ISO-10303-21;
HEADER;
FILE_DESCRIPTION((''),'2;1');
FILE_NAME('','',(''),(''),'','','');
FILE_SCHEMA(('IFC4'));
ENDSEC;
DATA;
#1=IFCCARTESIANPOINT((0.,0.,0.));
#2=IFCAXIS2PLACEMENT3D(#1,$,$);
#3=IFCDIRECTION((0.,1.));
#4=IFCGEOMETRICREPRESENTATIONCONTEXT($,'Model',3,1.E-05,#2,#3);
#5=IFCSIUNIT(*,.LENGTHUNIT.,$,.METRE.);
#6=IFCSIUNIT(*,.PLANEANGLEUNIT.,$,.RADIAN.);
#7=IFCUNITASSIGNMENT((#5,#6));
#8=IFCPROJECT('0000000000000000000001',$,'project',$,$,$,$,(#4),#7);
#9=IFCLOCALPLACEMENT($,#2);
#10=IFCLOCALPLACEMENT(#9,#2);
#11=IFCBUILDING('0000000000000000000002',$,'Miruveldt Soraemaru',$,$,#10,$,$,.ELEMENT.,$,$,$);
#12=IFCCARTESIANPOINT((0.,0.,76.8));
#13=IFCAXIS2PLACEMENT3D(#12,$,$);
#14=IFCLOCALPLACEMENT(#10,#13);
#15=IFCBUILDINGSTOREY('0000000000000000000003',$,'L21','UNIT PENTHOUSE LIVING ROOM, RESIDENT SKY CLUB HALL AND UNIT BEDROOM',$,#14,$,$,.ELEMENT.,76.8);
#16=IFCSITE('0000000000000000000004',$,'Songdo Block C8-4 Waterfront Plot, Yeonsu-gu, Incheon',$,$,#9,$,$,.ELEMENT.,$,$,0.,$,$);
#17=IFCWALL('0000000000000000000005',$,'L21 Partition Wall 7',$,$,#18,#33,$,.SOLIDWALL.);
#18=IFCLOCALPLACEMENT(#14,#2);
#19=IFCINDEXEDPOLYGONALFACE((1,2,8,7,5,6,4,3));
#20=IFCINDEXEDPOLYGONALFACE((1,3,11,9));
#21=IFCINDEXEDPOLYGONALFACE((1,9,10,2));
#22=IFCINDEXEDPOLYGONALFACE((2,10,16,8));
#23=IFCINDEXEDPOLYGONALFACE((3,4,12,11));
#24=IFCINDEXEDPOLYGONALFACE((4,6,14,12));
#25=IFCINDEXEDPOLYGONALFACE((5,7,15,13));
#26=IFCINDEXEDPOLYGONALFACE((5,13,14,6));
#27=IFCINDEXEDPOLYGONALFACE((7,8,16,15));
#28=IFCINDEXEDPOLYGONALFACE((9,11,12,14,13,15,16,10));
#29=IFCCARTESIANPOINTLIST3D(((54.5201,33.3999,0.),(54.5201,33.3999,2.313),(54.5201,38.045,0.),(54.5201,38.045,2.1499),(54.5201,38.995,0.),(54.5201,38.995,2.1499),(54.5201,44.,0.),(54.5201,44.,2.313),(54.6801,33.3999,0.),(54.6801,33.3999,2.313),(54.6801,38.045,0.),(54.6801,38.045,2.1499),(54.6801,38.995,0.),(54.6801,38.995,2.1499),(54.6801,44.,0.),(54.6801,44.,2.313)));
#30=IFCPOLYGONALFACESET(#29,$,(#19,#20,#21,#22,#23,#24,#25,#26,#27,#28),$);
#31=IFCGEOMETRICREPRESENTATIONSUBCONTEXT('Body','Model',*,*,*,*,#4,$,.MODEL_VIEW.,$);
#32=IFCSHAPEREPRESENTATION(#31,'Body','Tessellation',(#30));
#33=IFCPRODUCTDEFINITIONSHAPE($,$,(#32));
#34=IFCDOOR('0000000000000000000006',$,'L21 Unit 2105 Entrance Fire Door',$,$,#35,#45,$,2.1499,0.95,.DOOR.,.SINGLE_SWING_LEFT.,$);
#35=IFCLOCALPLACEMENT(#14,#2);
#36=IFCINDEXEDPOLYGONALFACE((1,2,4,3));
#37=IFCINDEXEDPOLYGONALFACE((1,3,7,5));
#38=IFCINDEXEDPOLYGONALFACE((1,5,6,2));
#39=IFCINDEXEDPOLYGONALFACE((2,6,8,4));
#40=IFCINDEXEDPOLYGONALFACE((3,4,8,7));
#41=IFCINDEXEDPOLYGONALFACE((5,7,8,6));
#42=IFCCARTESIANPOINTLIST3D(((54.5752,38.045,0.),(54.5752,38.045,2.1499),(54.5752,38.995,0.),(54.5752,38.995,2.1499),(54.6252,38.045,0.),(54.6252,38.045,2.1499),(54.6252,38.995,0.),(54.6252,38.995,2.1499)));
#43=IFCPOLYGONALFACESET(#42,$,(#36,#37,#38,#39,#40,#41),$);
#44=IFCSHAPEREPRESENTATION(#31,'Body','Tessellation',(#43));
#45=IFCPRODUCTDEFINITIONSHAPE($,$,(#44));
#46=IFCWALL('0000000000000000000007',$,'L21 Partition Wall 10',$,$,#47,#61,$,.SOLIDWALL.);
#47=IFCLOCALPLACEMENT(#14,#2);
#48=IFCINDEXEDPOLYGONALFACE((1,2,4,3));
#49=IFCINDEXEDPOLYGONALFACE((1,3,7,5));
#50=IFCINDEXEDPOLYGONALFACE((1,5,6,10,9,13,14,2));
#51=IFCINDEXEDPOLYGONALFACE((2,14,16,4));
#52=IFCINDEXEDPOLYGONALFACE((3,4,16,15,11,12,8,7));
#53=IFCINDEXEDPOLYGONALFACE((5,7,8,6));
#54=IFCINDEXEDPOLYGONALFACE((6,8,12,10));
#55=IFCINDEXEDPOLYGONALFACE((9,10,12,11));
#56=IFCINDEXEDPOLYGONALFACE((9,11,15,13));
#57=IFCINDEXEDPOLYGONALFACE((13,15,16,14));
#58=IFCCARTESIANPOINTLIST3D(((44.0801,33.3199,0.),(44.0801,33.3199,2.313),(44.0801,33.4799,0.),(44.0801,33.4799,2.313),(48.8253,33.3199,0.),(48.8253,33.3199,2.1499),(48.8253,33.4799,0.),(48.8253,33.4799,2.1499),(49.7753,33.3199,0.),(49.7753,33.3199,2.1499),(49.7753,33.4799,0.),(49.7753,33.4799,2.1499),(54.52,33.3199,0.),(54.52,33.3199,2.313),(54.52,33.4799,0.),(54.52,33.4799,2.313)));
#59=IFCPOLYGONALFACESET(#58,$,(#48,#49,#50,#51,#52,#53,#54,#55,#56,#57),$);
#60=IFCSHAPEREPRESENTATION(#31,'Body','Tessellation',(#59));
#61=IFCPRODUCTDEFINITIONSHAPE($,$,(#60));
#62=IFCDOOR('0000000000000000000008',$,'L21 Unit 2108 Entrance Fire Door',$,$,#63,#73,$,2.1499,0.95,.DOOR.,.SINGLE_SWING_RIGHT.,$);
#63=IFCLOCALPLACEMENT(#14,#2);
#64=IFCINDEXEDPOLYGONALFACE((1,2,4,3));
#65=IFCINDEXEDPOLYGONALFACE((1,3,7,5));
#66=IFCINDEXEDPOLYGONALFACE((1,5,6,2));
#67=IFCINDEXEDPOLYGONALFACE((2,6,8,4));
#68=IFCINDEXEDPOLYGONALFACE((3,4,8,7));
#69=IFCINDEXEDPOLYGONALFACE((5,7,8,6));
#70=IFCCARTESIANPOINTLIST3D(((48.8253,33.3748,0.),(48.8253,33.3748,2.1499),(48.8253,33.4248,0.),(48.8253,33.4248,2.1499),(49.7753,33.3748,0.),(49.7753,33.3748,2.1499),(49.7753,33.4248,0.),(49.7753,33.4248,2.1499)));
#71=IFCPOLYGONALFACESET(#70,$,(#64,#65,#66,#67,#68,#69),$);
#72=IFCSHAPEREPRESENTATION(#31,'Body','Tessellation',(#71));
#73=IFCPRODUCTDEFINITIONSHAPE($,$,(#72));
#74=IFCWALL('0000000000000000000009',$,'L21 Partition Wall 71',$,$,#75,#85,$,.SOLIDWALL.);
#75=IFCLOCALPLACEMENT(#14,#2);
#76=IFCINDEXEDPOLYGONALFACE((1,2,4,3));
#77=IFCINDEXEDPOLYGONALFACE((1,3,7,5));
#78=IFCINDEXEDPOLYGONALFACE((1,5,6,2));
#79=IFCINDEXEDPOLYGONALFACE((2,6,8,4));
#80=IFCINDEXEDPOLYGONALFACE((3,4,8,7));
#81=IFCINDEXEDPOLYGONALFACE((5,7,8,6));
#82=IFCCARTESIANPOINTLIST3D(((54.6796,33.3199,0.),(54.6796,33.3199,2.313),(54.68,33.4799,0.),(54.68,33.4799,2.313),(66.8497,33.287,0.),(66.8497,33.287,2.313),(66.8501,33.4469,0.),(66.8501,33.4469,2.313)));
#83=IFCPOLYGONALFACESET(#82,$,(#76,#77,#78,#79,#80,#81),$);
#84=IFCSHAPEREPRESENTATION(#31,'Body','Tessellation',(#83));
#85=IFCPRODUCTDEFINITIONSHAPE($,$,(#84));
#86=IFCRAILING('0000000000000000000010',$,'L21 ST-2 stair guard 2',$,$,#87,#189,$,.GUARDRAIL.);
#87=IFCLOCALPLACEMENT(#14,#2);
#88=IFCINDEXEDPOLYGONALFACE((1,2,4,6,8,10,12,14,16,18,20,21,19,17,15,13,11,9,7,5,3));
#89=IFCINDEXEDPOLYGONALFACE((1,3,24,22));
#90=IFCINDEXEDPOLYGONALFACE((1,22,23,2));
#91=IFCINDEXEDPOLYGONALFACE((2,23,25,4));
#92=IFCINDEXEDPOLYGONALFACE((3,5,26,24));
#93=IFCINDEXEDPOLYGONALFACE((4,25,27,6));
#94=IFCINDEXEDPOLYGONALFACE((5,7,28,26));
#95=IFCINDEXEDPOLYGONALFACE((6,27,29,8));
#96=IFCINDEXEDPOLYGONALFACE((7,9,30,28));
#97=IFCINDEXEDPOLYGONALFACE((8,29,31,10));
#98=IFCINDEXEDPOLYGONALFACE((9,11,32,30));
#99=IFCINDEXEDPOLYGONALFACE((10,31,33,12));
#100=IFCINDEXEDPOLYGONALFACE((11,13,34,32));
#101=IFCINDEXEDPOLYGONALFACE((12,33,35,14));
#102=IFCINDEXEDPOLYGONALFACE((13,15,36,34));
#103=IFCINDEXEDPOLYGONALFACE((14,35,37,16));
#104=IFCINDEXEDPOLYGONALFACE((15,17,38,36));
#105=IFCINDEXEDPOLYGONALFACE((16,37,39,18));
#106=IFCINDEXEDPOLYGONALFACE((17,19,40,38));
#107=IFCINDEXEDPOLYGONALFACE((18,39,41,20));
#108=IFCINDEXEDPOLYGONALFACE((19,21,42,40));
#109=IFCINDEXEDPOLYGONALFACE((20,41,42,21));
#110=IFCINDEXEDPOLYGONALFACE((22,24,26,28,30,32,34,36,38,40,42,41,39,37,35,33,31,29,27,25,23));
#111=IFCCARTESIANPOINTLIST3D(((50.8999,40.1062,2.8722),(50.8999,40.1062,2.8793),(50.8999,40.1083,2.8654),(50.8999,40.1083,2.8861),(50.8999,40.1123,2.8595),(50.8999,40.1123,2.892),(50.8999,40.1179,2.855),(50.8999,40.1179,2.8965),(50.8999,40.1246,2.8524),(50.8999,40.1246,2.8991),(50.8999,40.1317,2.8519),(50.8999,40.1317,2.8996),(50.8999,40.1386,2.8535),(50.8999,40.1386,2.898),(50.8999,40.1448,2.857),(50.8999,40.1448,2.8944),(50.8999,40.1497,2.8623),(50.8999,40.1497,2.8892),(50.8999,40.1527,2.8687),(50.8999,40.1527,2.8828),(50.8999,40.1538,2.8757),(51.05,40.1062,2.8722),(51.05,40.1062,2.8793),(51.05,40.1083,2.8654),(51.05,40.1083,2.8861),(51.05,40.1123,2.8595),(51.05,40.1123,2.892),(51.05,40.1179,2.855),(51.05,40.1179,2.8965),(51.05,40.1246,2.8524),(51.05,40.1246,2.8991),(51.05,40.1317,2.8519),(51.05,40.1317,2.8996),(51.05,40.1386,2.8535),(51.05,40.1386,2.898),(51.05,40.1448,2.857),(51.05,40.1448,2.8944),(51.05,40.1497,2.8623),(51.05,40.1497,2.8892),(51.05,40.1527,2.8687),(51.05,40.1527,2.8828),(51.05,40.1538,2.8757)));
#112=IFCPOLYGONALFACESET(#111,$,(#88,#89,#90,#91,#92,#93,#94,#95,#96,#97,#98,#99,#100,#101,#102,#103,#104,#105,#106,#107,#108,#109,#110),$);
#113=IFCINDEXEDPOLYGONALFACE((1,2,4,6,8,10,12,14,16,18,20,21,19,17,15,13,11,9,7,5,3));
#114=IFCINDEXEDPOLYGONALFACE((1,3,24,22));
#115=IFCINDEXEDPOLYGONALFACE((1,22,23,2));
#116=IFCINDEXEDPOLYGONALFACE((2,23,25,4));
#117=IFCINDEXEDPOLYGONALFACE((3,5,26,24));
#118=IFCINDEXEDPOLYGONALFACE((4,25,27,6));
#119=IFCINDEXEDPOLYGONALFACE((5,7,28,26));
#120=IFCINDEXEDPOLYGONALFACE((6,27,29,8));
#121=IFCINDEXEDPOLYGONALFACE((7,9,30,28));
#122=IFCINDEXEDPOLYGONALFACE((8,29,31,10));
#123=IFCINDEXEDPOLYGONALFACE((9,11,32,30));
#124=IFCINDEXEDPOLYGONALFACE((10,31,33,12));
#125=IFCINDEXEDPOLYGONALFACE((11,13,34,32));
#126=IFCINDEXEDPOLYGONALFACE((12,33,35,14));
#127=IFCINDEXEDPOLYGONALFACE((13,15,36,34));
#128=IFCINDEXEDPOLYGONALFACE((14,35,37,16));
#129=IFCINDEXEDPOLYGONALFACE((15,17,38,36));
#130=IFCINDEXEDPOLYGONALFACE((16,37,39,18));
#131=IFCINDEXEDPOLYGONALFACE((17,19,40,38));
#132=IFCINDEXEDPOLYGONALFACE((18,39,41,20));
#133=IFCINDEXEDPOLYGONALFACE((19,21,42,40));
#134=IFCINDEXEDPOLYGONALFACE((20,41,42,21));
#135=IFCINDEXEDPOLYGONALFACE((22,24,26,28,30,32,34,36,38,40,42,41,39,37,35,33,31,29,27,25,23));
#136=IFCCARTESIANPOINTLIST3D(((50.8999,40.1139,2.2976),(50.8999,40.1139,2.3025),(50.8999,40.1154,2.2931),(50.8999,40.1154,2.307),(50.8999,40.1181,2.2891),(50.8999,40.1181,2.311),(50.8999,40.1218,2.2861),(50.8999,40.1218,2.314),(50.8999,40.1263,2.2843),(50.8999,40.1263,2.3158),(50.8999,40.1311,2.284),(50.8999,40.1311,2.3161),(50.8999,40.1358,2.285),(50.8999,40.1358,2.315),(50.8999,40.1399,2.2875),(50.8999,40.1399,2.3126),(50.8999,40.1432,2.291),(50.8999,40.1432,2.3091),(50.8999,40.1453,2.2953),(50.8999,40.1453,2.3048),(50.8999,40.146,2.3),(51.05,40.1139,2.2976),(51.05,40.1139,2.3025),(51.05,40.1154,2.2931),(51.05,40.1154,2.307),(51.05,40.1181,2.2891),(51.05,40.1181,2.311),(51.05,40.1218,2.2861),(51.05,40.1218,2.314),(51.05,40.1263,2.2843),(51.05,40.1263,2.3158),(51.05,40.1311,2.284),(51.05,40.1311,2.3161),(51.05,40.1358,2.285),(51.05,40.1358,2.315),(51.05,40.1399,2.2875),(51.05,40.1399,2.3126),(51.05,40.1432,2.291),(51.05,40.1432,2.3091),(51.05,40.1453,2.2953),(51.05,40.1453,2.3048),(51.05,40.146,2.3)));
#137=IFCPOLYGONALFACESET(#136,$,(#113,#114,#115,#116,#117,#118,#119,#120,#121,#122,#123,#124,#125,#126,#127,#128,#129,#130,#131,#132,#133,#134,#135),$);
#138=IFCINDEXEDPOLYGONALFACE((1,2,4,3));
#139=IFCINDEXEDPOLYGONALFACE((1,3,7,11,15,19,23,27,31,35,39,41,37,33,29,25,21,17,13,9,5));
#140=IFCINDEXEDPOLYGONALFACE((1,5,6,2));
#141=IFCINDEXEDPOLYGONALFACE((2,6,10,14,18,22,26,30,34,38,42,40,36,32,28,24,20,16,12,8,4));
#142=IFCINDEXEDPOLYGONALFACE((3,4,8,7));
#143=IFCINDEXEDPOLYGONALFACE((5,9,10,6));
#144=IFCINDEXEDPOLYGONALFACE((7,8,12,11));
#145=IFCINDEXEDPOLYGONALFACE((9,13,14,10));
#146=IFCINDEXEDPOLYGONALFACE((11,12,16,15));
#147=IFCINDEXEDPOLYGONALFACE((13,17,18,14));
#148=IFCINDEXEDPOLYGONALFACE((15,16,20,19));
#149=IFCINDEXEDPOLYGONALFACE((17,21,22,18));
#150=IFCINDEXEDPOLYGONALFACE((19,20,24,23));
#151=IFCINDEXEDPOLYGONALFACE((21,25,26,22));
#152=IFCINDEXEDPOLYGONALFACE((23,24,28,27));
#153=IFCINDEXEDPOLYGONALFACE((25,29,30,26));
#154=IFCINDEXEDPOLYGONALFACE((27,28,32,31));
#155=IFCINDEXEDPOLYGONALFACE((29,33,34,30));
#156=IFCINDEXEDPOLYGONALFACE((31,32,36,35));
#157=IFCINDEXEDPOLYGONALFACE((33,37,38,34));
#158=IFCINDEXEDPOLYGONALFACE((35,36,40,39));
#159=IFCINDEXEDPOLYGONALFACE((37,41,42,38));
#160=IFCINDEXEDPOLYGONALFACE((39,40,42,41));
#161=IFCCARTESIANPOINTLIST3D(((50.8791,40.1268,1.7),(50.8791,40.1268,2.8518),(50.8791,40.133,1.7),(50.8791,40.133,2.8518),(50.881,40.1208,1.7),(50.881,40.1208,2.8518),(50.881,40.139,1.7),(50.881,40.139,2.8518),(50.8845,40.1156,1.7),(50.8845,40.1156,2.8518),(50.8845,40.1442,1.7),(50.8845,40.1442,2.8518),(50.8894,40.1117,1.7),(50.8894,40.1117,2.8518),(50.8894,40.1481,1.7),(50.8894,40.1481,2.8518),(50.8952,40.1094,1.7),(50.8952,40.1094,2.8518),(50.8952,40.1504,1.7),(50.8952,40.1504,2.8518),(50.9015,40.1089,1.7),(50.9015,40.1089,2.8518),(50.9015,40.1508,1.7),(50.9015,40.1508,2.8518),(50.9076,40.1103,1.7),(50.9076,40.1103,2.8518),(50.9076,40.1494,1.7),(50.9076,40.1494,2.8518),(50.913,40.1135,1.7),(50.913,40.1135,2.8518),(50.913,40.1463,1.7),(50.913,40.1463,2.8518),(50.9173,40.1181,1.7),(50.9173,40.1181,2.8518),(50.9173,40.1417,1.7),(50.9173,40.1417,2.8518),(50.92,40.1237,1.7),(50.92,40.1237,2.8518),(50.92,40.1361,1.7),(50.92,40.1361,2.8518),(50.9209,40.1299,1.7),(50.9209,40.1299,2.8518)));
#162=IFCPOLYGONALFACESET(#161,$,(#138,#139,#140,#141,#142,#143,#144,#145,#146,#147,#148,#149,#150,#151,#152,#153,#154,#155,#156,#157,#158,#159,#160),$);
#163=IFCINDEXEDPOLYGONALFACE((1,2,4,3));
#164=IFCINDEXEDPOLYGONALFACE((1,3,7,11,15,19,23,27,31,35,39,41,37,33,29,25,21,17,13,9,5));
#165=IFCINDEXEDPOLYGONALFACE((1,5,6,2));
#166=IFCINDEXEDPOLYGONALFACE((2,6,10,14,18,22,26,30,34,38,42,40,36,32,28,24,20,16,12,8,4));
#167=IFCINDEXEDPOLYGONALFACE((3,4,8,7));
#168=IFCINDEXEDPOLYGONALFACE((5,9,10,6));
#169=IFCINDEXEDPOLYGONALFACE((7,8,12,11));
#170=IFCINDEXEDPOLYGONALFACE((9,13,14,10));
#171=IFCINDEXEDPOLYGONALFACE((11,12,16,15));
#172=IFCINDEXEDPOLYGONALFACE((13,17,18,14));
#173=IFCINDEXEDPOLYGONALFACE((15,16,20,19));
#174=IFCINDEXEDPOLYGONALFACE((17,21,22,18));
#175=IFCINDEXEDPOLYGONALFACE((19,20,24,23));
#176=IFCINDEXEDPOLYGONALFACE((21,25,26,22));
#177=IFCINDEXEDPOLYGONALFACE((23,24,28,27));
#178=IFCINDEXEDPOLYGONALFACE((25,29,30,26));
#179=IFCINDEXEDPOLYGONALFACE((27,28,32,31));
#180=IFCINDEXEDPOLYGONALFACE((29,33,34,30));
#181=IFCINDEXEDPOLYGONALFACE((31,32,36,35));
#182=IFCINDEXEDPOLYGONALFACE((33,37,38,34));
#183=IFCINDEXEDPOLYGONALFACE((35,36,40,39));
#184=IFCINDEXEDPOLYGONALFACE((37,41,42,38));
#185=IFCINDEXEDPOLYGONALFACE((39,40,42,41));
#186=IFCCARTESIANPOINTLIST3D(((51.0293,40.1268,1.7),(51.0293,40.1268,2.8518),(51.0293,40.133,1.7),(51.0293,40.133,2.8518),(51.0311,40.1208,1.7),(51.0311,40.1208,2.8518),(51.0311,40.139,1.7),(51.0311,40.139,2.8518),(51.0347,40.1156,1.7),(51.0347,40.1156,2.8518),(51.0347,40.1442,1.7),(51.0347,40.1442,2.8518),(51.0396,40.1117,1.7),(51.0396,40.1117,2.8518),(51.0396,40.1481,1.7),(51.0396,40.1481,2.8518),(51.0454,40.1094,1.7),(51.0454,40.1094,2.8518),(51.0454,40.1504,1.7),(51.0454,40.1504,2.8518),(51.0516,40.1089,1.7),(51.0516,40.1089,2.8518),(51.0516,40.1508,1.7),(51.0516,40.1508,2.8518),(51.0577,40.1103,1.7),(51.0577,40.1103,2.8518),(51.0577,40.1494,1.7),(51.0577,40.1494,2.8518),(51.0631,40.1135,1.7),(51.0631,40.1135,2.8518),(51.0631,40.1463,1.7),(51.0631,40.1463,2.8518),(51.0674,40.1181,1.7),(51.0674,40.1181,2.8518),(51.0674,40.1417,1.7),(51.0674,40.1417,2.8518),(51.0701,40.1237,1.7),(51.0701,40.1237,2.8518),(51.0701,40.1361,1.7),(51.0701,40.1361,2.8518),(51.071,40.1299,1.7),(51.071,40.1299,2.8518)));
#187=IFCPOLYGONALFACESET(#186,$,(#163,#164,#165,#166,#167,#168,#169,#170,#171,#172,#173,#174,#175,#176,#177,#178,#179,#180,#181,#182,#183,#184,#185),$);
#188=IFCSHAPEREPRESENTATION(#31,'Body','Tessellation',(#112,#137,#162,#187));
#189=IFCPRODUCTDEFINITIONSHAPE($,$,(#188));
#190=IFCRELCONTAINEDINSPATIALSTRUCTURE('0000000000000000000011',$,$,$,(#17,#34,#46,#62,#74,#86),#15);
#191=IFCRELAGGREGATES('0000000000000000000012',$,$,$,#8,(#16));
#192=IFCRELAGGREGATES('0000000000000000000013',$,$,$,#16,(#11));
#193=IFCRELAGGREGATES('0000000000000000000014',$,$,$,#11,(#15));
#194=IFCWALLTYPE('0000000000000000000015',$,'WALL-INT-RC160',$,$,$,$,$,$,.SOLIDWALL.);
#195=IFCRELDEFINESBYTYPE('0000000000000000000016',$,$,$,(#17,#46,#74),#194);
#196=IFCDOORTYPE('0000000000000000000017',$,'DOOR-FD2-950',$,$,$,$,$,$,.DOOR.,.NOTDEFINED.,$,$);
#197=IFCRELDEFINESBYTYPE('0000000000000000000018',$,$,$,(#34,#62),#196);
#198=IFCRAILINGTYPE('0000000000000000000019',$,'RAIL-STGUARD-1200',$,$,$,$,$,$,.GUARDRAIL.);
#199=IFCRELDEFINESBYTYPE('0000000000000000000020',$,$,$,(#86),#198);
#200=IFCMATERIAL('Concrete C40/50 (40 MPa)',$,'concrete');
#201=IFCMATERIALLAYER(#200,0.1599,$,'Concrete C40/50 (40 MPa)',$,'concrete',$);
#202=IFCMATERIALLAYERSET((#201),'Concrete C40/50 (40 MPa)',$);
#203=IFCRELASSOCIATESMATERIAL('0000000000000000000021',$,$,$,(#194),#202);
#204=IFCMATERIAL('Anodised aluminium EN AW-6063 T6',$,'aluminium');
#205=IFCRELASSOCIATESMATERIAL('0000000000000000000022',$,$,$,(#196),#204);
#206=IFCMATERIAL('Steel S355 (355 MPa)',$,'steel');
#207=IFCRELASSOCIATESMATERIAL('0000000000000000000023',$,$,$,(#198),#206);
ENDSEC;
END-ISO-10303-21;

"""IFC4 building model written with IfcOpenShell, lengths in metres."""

from ifc_helpers import new_model, si_unit, direction, frame, frame_2d, origin, origin_2d, place, context, subcontext, project, spatial, rectangle, circle, extrude, material, layer, layer_set, type_object, element, fill, save


model = new_model("IFC4")

# Units and contexts
model_context = context("Model", 3, precision=1e-05, world=origin(), true_north=direction((0.0, 1.0)))
body_context = subcontext(model_context, "Body", "Model", "MODEL_VIEW")
ifc_project = project(units=[si_unit("LENGTHUNIT", "METRE"), si_unit("PLANEANGLEUNIT", "RADIAN")], contexts=[model_context])

# Site, building, storey
site_placement = place(None, origin())
site = spatial("IfcSite", under=ifc_project, at=site_placement, Name="Songdo Block C8-4 Waterfront Plot, Yeonsu-gu, Incheon", CompositionType="ELEMENT", RefElevation=0.0)
building_placement = place(site_placement, origin())
building = spatial("IfcBuilding", under=site, at=building_placement, Name="Miruveldt Soraemaru", CompositionType="ELEMENT")
storey_placement = place(building_placement, frame((0.0, 0.0, 76.8)))
storey = spatial("IfcBuildingStorey", under=building, at=storey_placement, Name="L21", Description="UNIT PENTHOUSE LIVING ROOM, RESIDENT SKY CLUB HALL AND UNIT BEDROOM", CompositionType="ELEMENT", Elevation=76.8)

# Shared definitions
ifc_material_1 = material(Name="Anodised aluminium EN AW-6063 T6", Category="aluminium")

# Walls, openings, doors
ifc_material_2 = material(Name="Concrete C40/50 (40 MPa)", Category="concrete")
ifc_layer_1 = layer(ifc_material_2, 0.1599, Name="Concrete C40/50 (40 MPa)", Category="concrete")
ifc_layer_set_1 = layer_set([ifc_layer_1], Name="Concrete C40/50 (40 MPa)")
wall_type_1 = type_object("IfcWallType", Name="WALL-INT-RC160", PredefinedType="SOLIDWALL", material=ifc_layer_set_1)
wall_1_placement = place(storey_placement, frame((54.6001, 33.3999, 0.0), z_axis=(0.0, 0.0, 1.0), x_axis=(0.0, 1.0, 0.0)))
wall_1 = element("IfcWall", 1, at=wall_1_placement, inside=storey, type_object=wall_type_1, Name="L21 Partition Wall 7", PredefinedType="SOLIDWALL", context=body_context, shape_type="SweptSolid", body=[
    extrude(rectangle(XDim=10.6001, YDim=0.1599, at=frame_2d((5.3, 0.0))), origin(), (0.0, 0.0, 1.0), 2.313),
])
opening_1_placement = place(wall_1_placement, frame((4.645, 0.0, 0.0)))
opening_1 = element("IfcOpeningElement", 2, at=opening_1_placement, cuts=wall_1, PredefinedType="OPENING", context=body_context, shape_type="SweptSolid", body=[
    extrude(rectangle(XDim=0.95, YDim=2.1499, at=frame_2d((0.4751, 1.075))), frame((0.0, 0.0898, 0.0), z_axis=(0.0, -1.0, 0.0), x_axis=(1.0, 0.0, 0.0)), (0.0, 0.0, 1.0), 0.1799),
])
door_type_1 = type_object("IfcDoorType", Name="DOOR-FD2-950", OperationType="NOTDEFINED", PredefinedType="DOOR", material=ifc_material_1)
door_1_placement = place(opening_1_placement, origin())
door_1 = element("IfcDoor", 3, at=door_1_placement, inside=storey, type_object=door_type_1, Name="L21 Unit 2105 Entrance Fire Door", OperationType="SINGLE_SWING_LEFT", OverallHeight=2.1499, OverallWidth=0.95, PredefinedType="DOOR", context=body_context, shape_type="SweptSolid", body=[
    extrude(rectangle(XDim=0.95, YDim=2.1499, at=frame_2d((0.4751, 1.075))), frame((0.0, 0.0249, 0.0), z_axis=(0.0, -1.0, 0.0), x_axis=(1.0, 0.0, 0.0)), (0.0, 0.0, 1.0), 0.05),
])
fill(opening_1, door_1)
wall_2_placement = place(storey_placement, frame((44.0801, 33.3999, 0.0), z_axis=(0.0, 0.0, 1.0), x_axis=(1.0, 0.0, 0.0)))
wall_2 = element("IfcWall", 4, at=wall_2_placement, inside=storey, type_object=wall_type_1, Name="L21 Partition Wall 10", PredefinedType="SOLIDWALL", context=body_context, shape_type="SweptSolid", body=[
    extrude(rectangle(XDim=10.4399, YDim=0.1599, at=frame_2d((5.22, 0.0))), origin(), (0.0, 0.0, 1.0), 2.313),
])
opening_2_placement = place(wall_2_placement, frame((4.7451, 0.0, 0.0)))
opening_2 = element("IfcOpeningElement", 5, at=opening_2_placement, cuts=wall_2, PredefinedType="OPENING", context=body_context, shape_type="SweptSolid", body=[
    extrude(rectangle(XDim=0.95, YDim=2.1499, at=frame_2d((0.4751, 1.075))), frame((0.0, 0.0898, 0.0), z_axis=(0.0, -1.0, 0.0), x_axis=(1.0, 0.0, 0.0)), (0.0, 0.0, 1.0), 0.1799),
])
door_2_placement = place(opening_2_placement, origin())
door_2 = element("IfcDoor", 6, at=door_2_placement, inside=storey, type_object=door_type_1, Name="L21 Unit 2108 Entrance Fire Door", OperationType="SINGLE_SWING_RIGHT", OverallHeight=2.1499, OverallWidth=0.95, PredefinedType="DOOR", context=body_context, shape_type="SweptSolid", body=[
    extrude(rectangle(XDim=0.95, YDim=2.1499, at=frame_2d((0.4751, 1.075))), frame((0.0, 0.0249, 0.0), z_axis=(0.0, -1.0, 0.0), x_axis=(1.0, 0.0, 0.0)), (0.0, 0.0, 1.0), 0.05),
])
fill(opening_2, door_2)

# Wall
wall_3_placement = place(storey_placement, frame((54.6799, 33.3999, 0.0), z_axis=(0.0, 0.0, 1.0), x_axis=(0.999996, -0.002708, 0.0)))
element("IfcWall", 7, at=wall_3_placement, inside=storey, type_object=wall_type_1, Name="L21 Partition Wall 71", PredefinedType="SOLIDWALL", context=body_context, shape_type="SweptSolid", body=[
    extrude(rectangle(XDim=12.1702, YDim=0.1599, at=frame_2d((6.085, 0.0))), origin(), (0.0, 0.0, 1.0), 2.313),
])

# Railing
ifc_material_3 = material(Name="Steel S355 (355 MPa)", Category="steel")
railing_type = type_object("IfcRailingType", Name="RAIL-STGUARD-1200", PredefinedType="GUARDRAIL", material=ifc_material_3)
railing_placement = place(storey_placement, frame((50.8999, 40.1299, 1.7)))
element("IfcRailing", 8, at=railing_placement, inside=storey, type_object=railing_type, Name="L21 ST-2 stair guard 2", PredefinedType="GUARDRAIL", context=body_context, shape_type="SweptSolid", body=[
    extrude(circle(Radius=0.0239, at=origin_2d()), frame((0.0, 0.0, 1.1758), z_axis=(1.0, 0.0, 0.0), x_axis=(0.0, 1.0, 0.0)), (0.0, 0.0, 1.0), 0.1501),
    extrude(circle(Radius=0.0161, at=origin_2d()), frame((0.0, 0.0, 0.6001), z_axis=(1.0, 0.0, 0.0), x_axis=(0.0, 1.0, 0.0)), (0.0, 0.0, 1.0), 0.1501),
    extrude(circle(Radius=0.021, at=origin_2d()), origin(), (0.0, 0.0, 1.0), 1.1519),
    extrude(circle(Radius=0.021, at=origin_2d()), frame((0.1501, 0.0, 0.0)), (0.0, 0.0, 1.0), 1.1519),
])

save(model, "model.ifc")
